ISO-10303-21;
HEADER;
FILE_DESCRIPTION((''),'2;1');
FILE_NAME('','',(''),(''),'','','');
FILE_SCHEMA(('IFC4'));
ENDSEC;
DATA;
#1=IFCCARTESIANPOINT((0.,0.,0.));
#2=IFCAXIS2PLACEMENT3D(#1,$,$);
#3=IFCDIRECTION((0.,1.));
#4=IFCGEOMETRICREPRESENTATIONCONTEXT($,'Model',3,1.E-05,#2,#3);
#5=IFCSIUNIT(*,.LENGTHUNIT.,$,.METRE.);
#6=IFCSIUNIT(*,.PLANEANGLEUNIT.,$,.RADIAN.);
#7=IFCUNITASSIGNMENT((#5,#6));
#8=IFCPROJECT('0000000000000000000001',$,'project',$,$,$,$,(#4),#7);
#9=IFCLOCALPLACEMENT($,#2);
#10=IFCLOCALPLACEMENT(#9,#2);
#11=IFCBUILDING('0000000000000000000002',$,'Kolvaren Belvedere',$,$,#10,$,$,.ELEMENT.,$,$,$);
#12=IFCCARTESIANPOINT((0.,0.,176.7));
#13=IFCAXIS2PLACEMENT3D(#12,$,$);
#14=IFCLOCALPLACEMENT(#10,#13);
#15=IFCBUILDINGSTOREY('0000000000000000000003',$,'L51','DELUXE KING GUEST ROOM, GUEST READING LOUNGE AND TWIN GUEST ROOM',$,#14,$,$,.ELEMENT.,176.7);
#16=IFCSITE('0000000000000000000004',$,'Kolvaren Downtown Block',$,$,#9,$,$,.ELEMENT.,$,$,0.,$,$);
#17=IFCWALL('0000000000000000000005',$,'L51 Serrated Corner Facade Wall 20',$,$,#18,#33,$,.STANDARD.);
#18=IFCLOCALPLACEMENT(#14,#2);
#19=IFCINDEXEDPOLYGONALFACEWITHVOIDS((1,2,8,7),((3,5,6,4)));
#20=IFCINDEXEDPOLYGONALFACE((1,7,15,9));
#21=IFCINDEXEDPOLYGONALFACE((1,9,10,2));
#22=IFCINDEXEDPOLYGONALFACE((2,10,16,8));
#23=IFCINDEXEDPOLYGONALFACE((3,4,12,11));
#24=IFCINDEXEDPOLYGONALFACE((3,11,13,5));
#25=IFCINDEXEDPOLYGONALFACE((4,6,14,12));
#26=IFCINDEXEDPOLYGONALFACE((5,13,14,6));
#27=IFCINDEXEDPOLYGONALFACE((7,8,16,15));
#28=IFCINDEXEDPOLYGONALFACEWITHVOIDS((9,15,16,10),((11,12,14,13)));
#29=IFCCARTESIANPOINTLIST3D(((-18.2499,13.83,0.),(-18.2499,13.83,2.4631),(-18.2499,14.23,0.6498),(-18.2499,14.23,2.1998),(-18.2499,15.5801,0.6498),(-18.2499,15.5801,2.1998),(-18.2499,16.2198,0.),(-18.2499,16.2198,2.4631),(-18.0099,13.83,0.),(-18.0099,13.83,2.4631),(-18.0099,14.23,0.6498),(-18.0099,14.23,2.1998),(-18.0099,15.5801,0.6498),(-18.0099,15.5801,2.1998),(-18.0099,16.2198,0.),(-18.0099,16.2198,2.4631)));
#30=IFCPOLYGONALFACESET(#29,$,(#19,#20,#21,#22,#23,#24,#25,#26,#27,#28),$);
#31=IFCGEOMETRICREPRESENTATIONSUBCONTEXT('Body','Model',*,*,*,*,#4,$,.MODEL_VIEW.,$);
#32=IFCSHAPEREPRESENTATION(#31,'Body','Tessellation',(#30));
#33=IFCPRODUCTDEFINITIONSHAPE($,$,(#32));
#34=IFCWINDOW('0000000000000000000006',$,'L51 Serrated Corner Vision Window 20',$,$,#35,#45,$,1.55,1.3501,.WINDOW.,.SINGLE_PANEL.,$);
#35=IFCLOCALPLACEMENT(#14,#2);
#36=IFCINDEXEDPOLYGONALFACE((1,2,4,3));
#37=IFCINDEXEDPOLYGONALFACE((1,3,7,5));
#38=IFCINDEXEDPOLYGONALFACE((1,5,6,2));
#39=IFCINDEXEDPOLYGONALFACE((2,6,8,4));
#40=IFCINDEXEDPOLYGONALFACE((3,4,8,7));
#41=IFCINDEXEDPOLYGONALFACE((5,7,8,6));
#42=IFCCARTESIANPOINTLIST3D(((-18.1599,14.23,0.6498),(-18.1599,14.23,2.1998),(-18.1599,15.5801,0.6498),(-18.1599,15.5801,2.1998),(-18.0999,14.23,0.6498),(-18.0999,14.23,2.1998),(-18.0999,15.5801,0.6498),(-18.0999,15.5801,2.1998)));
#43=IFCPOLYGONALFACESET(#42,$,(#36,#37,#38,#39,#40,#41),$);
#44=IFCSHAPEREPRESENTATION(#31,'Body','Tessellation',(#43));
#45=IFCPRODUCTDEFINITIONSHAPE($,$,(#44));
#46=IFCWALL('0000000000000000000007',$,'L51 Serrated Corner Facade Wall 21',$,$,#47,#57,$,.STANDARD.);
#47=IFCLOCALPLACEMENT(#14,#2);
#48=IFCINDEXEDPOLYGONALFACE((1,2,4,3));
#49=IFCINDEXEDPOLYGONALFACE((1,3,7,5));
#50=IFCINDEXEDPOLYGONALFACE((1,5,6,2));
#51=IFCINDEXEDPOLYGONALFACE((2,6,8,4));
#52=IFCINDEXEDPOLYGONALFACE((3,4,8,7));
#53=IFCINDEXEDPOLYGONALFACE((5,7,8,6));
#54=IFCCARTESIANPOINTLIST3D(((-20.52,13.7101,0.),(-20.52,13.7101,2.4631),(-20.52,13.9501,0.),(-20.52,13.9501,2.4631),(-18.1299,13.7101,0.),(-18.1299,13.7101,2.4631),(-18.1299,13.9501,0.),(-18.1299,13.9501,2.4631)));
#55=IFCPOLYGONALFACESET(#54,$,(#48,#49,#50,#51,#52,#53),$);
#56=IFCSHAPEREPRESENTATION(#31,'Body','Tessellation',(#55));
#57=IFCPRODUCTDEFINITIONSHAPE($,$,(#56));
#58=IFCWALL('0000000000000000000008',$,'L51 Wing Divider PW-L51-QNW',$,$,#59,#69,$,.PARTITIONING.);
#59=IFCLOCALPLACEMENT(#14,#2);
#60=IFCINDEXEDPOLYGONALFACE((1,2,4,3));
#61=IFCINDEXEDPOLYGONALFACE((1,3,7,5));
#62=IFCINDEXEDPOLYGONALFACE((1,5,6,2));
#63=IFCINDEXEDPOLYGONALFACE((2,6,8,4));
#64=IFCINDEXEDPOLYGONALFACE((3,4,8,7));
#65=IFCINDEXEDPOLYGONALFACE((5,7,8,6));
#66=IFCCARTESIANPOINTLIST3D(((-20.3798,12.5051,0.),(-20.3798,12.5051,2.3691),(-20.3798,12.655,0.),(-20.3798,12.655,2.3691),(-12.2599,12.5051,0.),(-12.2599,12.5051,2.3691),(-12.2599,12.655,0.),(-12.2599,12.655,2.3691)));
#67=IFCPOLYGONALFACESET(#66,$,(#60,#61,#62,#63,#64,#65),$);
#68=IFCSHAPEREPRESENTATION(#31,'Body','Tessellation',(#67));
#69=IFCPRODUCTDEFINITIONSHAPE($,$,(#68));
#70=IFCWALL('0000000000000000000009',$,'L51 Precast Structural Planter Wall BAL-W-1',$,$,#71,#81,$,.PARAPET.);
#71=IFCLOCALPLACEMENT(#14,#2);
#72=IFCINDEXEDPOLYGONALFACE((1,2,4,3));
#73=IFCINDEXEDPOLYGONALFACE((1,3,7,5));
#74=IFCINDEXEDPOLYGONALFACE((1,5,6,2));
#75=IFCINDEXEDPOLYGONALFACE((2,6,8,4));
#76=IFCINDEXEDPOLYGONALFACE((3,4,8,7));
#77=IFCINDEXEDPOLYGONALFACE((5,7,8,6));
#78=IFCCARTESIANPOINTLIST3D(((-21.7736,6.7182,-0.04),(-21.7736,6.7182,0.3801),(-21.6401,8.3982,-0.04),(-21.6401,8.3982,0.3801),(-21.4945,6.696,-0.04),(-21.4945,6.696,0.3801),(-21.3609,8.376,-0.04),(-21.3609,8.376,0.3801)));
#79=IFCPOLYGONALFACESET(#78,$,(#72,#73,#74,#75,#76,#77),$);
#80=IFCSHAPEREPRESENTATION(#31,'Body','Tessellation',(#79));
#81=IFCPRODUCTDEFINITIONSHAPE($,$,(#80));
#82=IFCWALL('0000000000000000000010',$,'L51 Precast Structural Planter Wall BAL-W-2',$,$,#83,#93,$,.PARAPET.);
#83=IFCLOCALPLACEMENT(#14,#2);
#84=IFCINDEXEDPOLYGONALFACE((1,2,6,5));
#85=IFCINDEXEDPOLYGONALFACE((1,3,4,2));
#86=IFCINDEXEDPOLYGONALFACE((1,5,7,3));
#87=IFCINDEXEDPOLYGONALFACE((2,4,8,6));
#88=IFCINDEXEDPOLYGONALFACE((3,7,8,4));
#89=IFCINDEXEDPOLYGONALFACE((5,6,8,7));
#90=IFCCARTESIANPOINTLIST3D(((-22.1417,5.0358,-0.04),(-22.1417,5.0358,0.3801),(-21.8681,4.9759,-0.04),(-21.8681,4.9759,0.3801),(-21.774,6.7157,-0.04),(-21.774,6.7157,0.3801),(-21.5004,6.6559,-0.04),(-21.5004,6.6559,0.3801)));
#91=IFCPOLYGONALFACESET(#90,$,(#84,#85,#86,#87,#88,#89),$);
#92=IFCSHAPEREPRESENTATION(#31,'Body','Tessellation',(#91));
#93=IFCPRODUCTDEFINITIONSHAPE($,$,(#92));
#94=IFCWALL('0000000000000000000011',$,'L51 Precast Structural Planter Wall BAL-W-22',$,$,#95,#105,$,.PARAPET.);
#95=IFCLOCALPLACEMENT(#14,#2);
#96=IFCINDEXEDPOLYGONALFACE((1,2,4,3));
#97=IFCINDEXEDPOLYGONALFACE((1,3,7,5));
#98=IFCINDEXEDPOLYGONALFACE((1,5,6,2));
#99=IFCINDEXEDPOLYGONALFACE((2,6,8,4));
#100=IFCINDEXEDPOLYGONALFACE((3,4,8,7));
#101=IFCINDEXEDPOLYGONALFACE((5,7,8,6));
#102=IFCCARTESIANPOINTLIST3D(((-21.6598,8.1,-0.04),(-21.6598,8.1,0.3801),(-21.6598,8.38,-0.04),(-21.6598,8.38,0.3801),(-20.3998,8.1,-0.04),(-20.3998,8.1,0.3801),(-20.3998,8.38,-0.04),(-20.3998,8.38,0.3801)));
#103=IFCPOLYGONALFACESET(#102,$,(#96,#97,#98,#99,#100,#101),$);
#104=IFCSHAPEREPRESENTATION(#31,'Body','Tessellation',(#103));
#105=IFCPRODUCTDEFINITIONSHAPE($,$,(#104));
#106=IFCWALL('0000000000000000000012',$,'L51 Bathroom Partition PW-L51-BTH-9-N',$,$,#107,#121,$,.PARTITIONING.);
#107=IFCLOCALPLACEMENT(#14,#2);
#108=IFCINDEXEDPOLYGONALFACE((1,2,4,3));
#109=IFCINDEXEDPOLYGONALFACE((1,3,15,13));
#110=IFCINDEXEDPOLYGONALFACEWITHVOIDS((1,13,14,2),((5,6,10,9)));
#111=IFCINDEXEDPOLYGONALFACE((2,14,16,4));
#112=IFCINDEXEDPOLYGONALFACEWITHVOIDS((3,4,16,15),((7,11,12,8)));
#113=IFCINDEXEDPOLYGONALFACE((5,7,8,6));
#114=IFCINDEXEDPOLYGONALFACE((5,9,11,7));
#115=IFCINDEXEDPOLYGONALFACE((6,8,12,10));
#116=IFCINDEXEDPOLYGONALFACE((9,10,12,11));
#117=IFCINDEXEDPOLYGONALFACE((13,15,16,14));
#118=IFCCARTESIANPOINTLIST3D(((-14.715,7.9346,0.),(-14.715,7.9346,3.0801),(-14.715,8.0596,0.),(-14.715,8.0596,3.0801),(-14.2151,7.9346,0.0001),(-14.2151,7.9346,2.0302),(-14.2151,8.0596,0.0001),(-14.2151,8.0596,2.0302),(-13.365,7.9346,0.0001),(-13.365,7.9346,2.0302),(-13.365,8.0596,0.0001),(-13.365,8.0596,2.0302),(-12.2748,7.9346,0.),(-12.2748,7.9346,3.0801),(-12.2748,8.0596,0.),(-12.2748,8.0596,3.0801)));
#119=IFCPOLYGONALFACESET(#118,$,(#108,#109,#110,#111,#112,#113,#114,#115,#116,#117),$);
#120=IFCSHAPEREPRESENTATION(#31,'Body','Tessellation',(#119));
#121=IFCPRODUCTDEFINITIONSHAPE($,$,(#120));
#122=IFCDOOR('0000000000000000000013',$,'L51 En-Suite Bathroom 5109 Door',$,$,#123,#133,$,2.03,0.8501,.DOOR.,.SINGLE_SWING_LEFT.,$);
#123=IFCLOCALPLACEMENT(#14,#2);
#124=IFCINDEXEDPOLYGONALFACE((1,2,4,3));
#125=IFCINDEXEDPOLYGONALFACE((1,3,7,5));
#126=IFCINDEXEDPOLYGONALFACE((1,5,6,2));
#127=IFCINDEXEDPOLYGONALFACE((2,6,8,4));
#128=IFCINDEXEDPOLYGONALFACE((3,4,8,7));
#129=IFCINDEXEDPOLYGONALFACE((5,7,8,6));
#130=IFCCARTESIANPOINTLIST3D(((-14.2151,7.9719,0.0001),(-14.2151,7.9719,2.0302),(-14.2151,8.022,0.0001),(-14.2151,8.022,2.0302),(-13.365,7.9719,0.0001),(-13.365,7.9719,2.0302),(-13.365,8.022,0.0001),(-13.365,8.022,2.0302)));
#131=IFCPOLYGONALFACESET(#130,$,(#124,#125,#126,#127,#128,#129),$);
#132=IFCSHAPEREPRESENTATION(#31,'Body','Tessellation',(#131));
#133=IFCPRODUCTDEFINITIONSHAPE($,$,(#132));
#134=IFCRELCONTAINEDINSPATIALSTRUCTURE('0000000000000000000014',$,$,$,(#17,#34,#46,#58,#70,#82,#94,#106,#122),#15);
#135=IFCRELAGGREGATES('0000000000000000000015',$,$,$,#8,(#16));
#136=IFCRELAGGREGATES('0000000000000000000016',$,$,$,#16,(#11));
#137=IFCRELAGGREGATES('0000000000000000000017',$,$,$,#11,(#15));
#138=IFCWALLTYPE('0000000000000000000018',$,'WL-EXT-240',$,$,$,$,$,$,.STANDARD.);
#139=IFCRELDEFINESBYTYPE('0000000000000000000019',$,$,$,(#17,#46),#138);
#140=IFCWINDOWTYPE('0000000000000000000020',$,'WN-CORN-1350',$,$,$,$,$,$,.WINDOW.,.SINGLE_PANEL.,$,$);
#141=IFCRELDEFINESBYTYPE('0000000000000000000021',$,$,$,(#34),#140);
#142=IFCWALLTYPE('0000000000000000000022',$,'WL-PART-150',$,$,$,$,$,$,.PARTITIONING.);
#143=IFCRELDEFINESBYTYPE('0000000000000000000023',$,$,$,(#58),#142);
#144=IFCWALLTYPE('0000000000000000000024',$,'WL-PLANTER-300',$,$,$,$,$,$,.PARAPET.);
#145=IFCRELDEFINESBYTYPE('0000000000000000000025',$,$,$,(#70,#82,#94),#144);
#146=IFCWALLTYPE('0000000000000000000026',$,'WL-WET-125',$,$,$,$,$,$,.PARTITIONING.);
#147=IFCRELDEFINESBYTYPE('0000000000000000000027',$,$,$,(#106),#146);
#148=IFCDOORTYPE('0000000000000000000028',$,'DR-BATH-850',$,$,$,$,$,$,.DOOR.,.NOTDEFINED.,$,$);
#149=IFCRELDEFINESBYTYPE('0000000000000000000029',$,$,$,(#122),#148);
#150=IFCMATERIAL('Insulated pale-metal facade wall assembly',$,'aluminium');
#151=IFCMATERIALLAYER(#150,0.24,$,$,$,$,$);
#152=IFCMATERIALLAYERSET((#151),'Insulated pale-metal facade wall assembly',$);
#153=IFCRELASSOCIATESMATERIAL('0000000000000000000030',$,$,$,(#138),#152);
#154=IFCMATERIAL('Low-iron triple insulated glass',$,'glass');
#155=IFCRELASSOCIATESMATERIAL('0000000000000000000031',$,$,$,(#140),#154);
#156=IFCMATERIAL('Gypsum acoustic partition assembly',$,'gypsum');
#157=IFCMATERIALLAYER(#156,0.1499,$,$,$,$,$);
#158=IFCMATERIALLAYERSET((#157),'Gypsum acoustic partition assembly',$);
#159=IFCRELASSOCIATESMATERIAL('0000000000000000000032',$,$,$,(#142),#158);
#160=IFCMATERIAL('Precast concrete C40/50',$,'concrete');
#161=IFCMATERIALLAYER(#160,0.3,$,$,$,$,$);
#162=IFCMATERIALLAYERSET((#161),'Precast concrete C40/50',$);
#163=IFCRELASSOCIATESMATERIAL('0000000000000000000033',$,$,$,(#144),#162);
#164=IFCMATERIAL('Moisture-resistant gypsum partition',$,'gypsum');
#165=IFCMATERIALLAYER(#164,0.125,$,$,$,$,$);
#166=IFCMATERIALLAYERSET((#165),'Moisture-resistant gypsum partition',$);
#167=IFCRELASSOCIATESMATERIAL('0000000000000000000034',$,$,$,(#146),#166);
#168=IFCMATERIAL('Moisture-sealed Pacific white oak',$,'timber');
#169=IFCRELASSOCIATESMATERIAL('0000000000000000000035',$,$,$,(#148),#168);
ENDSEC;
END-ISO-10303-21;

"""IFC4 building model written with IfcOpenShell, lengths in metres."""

from ifc_helpers import new_model, si_unit, direction, frame, frame_2d, origin, place, context, subcontext, project, spatial, rectangle, extrude, material, layer, layer_set, type_object, element, fill, save


model = new_model("IFC4")

# Units and contexts
model_context = context("Model", 3, precision=1e-05, world=origin(), true_north=direction((0.0, 1.0)))
body_context = subcontext(model_context, "Body", "Model", "MODEL_VIEW")
ifc_project = project(units=[si_unit("LENGTHUNIT", "METRE"), si_unit("PLANEANGLEUNIT", "RADIAN")], contexts=[model_context])

# Site, building, storey
site_placement = place(None, origin())
site = spatial("IfcSite", under=ifc_project, at=site_placement, Name="Kolvaren Downtown Block", CompositionType="ELEMENT", RefElevation=0.0)
building_placement = place(site_placement, origin())
building = spatial("IfcBuilding", under=site, at=building_placement, Name="Kolvaren Belvedere", CompositionType="ELEMENT")
storey_placement = place(building_placement, frame((0.0, 0.0, 176.7)))
storey = spatial("IfcBuildingStorey", under=building, at=storey_placement, Name="L51", Description="DELUXE KING GUEST ROOM, GUEST READING LOUNGE AND TWIN GUEST ROOM", CompositionType="ELEMENT", Elevation=176.7)

# Shared definitions
ifc_material_1 = material(Name="Insulated pale-metal facade wall assembly", Category="aluminium")
ifc_layer_1 = layer(ifc_material_1, 0.24)
ifc_layer_set_1 = layer_set([ifc_layer_1], Name="Insulated pale-metal facade wall assembly")
wall_type_1 = type_object("IfcWallType", Name="WL-EXT-240", PredefinedType="STANDARD", material=ifc_layer_set_1)

# Wall, opening, window
ifc_material_2 = material(Name="Low-iron triple insulated glass", Category="glass")
window_type_1 = type_object("IfcWindowType", Name="WN-CORN-1350", PartitioningType="SINGLE_PANEL", PredefinedType="WINDOW", material=ifc_material_2)
wall_1_placement = place(storey_placement, frame((-18.1299, 13.8301, 0.0), z_axis=(0.0, 0.0, 1.0), x_axis=(0.0, 1.0, 0.0)))
wall_1 = element("IfcWall", 1, at=wall_1_placement, inside=storey, type_object=wall_type_1, Name="L51 Serrated Corner Facade Wall 20", PredefinedType="STANDARD", context=body_context, shape_type="SweptSolid", body=[
    extrude(rectangle(XDim=2.3899, YDim=0.24, at=frame_2d((1.1948, 0.0))), origin(), (0.0, 0.0, 1.0), 2.4631),
])
opening_1_placement = place(wall_1_placement, frame((0.3999, 0.0, 0.6499)))
opening_1 = element("IfcOpeningElement", 2, at=opening_1_placement, cuts=wall_1, PredefinedType="OPENING", context=body_context, shape_type="SweptSolid", body=[
    extrude(rectangle(XDim=1.3501, YDim=1.55, at=frame_2d((0.675, 0.7749))), frame((0.0, 0.1299, 0.0), z_axis=(0.0, -1.0, 0.0), x_axis=(1.0, 0.0, 0.0)), (0.0, 0.0, 1.0), 0.26),
])
window_1_placement = place(opening_1_placement, origin())
window_1 = element("IfcWindow", 3, at=window_1_placement, inside=storey, type_object=window_type_1, Name="L51 Serrated Corner Vision Window 20", OverallHeight=1.55, OverallWidth=1.3501, PartitioningType="SINGLE_PANEL", PredefinedType="WINDOW", context=body_context, shape_type="SweptSolid", body=[
    extrude(rectangle(XDim=1.3501, YDim=1.55, at=frame_2d((0.675, 0.7749))), frame((0.0, 0.03, 0.0), z_axis=(0.0, -1.0, 0.0), x_axis=(1.0, 0.0, 0.0)), (0.0, 0.0, 1.0), 0.0601),
])
fill(opening_1, window_1)

# Walls
wall_2_placement = place(storey_placement, frame((-20.52, 13.8301, 0.0), z_axis=(0.0, 0.0, 1.0), x_axis=(1.0, 0.0, 0.0)))
element("IfcWall", 4, at=wall_2_placement, inside=storey, type_object=wall_type_1, Name="L51 Serrated Corner Facade Wall 21", PredefinedType="STANDARD", context=body_context, shape_type="SweptSolid", body=[
    extrude(rectangle(XDim=2.3901, YDim=0.24, at=frame_2d((1.1951, 0.0))), origin(), (0.0, 0.0, 1.0), 2.4631),
])
ifc_material_3 = material(Name="Gypsum acoustic partition assembly", Category="gypsum")
ifc_layer_2 = layer(ifc_material_3, 0.1499)
ifc_layer_set_2 = layer_set([ifc_layer_2], Name="Gypsum acoustic partition assembly")
wall_type_2 = type_object("IfcWallType", Name="WL-PART-150", PredefinedType="PARTITIONING", material=ifc_layer_set_2)
wall_3_placement = place(storey_placement, frame((-20.3799, 12.5801, 0.0), z_axis=(0.0, 0.0, 1.0), x_axis=(1.0, 0.0, 0.0)))
element("IfcWall", 5, at=wall_3_placement, inside=storey, type_object=wall_type_2, Name="L51 Wing Divider PW-L51-QNW", PredefinedType="PARTITIONING", context=body_context, shape_type="SweptSolid", body=[
    extrude(rectangle(XDim=8.1199, YDim=0.1499, at=frame_2d((4.0601, 0.0))), origin(), (0.0, 0.0, 1.0), 2.3691),
])
ifc_material_4 = material(Name="Precast concrete C40/50", Category="concrete")
ifc_layer_3 = layer(ifc_material_4, 0.3)
ifc_layer_set_3 = layer_set([ifc_layer_3], Name="Precast concrete C40/50")
wall_type_3 = type_object("IfcWallType", Name="WL-PLANTER-300", PredefinedType="PARAPET", material=ifc_layer_set_3)
wall_4_placement = place(storey_placement, frame((-21.5005, 8.3872, -0.04), z_axis=(0.0, 0.0, 1.0), x_axis=(-0.079244, -0.996855, 0.0)))
element("IfcWall", 6, at=wall_4_placement, inside=storey, type_object=wall_type_3, Name="L51 Precast Structural Planter Wall BAL-W-1", PredefinedType="PARAPET", context=body_context, shape_type="SweptSolid", body=[
    extrude(rectangle(XDim=1.6853, YDim=0.28, at=frame_2d((0.8428, 0.0))), origin(), (0.0, 0.0, 1.0), 0.4202),
])
wall_5_placement = place(storey_placement, frame((-21.6372, 6.6858, -0.04), z_axis=(0.0, 0.0, 1.0), x_axis=(-0.213803, -0.976877, 0.0)))
element("IfcWall", 7, at=wall_5_placement, inside=storey, type_object=wall_type_3, Name="L51 Precast Structural Planter Wall BAL-W-2", PredefinedType="PARAPET", context=body_context, shape_type="SweptSolid", body=[
    extrude(rectangle(XDim=1.7197, YDim=0.28, at=frame_2d((0.8599, 0.0))), origin(), (0.0, 0.0, 1.0), 0.4202),
])
wall_6_placement = place(storey_placement, frame((-20.3999, 8.24, -0.04), z_axis=(0.0, 0.0, 1.0), x_axis=(-1.0, 0.0, 0.0)))
element("IfcWall", 8, at=wall_6_placement, inside=storey, type_object=wall_type_3, Name="L51 Precast Structural Planter Wall BAL-W-22", PredefinedType="PARAPET", context=body_context, shape_type="SweptSolid", body=[
    extrude(rectangle(XDim=1.26, YDim=0.28, at=frame_2d((0.6299, 0.0))), origin(), (0.0, 0.0, 1.0), 0.4202),
])

# Wall, opening, door
ifc_material_5 = material(Name="Moisture-resistant gypsum partition", Category="gypsum")
ifc_layer_4 = layer(ifc_material_5, 0.125)
ifc_layer_set_4 = layer_set([ifc_layer_4], Name="Moisture-resistant gypsum partition")
wall_type_4 = type_object("IfcWallType", Name="WL-WET-125", PredefinedType="PARTITIONING", material=ifc_layer_set_4)
wall_7_placement = place(storey_placement, frame((-14.7151, 7.9971, 0.0), z_axis=(0.0, 0.0, 1.0), x_axis=(1.0, 0.0, 0.0)))
wall_7 = element("IfcWall", 9, at=wall_7_placement, inside=storey, type_object=wall_type_4, Name="L51 Bathroom Partition PW-L51-BTH-9-N", PredefinedType="PARTITIONING", context=body_context, shape_type="SweptSolid", body=[
    extrude(rectangle(XDim=2.4402, YDim=0.125, at=frame_2d((1.2202, 0.0))), origin(), (0.0, 0.0, 1.0), 3.0801),
])
opening_2_placement = place(wall_7_placement, frame((0.5, 0.0, 0.0)))
opening_2 = element("IfcOpeningElement", 10, at=opening_2_placement, cuts=wall_7, PredefinedType="OPENING", context=body_context, shape_type="SweptSolid", body=[
    extrude(rectangle(XDim=0.8501, YDim=2.03, at=frame_2d((0.425, 1.0151))), frame((0.0, 0.0725, 0.0), z_axis=(0.0, -1.0, 0.0), x_axis=(1.0, 0.0, 0.0)), (0.0, 0.0, 1.0), 0.145),
])
ifc_material_6 = material(Name="Moisture-sealed Pacific white oak", Category="timber")
door_type = type_object("IfcDoorType", Name="DR-BATH-850", OperationType="NOTDEFINED", PredefinedType="DOOR", material=ifc_material_6)
door_placement = place(opening_2_placement, origin())
door = element("IfcDoor", 11, at=door_placement, inside=storey, type_object=door_type, Name="L51 En-Suite Bathroom 5109 Door", OperationType="SINGLE_SWING_LEFT", OverallHeight=2.03, OverallWidth=0.8501, PredefinedType="DOOR", context=body_context, shape_type="SweptSolid", body=[
    extrude(rectangle(XDim=0.8501, YDim=2.03, at=frame_2d((0.425, 1.0151))), frame((0.0, 0.0249, 0.0), z_axis=(0.0, -1.0, 0.0), x_axis=(1.0, 0.0, 0.0)), (0.0, 0.0, 1.0), 0.05),
])
fill(opening_2, door)

save(model, "model.ifc")
